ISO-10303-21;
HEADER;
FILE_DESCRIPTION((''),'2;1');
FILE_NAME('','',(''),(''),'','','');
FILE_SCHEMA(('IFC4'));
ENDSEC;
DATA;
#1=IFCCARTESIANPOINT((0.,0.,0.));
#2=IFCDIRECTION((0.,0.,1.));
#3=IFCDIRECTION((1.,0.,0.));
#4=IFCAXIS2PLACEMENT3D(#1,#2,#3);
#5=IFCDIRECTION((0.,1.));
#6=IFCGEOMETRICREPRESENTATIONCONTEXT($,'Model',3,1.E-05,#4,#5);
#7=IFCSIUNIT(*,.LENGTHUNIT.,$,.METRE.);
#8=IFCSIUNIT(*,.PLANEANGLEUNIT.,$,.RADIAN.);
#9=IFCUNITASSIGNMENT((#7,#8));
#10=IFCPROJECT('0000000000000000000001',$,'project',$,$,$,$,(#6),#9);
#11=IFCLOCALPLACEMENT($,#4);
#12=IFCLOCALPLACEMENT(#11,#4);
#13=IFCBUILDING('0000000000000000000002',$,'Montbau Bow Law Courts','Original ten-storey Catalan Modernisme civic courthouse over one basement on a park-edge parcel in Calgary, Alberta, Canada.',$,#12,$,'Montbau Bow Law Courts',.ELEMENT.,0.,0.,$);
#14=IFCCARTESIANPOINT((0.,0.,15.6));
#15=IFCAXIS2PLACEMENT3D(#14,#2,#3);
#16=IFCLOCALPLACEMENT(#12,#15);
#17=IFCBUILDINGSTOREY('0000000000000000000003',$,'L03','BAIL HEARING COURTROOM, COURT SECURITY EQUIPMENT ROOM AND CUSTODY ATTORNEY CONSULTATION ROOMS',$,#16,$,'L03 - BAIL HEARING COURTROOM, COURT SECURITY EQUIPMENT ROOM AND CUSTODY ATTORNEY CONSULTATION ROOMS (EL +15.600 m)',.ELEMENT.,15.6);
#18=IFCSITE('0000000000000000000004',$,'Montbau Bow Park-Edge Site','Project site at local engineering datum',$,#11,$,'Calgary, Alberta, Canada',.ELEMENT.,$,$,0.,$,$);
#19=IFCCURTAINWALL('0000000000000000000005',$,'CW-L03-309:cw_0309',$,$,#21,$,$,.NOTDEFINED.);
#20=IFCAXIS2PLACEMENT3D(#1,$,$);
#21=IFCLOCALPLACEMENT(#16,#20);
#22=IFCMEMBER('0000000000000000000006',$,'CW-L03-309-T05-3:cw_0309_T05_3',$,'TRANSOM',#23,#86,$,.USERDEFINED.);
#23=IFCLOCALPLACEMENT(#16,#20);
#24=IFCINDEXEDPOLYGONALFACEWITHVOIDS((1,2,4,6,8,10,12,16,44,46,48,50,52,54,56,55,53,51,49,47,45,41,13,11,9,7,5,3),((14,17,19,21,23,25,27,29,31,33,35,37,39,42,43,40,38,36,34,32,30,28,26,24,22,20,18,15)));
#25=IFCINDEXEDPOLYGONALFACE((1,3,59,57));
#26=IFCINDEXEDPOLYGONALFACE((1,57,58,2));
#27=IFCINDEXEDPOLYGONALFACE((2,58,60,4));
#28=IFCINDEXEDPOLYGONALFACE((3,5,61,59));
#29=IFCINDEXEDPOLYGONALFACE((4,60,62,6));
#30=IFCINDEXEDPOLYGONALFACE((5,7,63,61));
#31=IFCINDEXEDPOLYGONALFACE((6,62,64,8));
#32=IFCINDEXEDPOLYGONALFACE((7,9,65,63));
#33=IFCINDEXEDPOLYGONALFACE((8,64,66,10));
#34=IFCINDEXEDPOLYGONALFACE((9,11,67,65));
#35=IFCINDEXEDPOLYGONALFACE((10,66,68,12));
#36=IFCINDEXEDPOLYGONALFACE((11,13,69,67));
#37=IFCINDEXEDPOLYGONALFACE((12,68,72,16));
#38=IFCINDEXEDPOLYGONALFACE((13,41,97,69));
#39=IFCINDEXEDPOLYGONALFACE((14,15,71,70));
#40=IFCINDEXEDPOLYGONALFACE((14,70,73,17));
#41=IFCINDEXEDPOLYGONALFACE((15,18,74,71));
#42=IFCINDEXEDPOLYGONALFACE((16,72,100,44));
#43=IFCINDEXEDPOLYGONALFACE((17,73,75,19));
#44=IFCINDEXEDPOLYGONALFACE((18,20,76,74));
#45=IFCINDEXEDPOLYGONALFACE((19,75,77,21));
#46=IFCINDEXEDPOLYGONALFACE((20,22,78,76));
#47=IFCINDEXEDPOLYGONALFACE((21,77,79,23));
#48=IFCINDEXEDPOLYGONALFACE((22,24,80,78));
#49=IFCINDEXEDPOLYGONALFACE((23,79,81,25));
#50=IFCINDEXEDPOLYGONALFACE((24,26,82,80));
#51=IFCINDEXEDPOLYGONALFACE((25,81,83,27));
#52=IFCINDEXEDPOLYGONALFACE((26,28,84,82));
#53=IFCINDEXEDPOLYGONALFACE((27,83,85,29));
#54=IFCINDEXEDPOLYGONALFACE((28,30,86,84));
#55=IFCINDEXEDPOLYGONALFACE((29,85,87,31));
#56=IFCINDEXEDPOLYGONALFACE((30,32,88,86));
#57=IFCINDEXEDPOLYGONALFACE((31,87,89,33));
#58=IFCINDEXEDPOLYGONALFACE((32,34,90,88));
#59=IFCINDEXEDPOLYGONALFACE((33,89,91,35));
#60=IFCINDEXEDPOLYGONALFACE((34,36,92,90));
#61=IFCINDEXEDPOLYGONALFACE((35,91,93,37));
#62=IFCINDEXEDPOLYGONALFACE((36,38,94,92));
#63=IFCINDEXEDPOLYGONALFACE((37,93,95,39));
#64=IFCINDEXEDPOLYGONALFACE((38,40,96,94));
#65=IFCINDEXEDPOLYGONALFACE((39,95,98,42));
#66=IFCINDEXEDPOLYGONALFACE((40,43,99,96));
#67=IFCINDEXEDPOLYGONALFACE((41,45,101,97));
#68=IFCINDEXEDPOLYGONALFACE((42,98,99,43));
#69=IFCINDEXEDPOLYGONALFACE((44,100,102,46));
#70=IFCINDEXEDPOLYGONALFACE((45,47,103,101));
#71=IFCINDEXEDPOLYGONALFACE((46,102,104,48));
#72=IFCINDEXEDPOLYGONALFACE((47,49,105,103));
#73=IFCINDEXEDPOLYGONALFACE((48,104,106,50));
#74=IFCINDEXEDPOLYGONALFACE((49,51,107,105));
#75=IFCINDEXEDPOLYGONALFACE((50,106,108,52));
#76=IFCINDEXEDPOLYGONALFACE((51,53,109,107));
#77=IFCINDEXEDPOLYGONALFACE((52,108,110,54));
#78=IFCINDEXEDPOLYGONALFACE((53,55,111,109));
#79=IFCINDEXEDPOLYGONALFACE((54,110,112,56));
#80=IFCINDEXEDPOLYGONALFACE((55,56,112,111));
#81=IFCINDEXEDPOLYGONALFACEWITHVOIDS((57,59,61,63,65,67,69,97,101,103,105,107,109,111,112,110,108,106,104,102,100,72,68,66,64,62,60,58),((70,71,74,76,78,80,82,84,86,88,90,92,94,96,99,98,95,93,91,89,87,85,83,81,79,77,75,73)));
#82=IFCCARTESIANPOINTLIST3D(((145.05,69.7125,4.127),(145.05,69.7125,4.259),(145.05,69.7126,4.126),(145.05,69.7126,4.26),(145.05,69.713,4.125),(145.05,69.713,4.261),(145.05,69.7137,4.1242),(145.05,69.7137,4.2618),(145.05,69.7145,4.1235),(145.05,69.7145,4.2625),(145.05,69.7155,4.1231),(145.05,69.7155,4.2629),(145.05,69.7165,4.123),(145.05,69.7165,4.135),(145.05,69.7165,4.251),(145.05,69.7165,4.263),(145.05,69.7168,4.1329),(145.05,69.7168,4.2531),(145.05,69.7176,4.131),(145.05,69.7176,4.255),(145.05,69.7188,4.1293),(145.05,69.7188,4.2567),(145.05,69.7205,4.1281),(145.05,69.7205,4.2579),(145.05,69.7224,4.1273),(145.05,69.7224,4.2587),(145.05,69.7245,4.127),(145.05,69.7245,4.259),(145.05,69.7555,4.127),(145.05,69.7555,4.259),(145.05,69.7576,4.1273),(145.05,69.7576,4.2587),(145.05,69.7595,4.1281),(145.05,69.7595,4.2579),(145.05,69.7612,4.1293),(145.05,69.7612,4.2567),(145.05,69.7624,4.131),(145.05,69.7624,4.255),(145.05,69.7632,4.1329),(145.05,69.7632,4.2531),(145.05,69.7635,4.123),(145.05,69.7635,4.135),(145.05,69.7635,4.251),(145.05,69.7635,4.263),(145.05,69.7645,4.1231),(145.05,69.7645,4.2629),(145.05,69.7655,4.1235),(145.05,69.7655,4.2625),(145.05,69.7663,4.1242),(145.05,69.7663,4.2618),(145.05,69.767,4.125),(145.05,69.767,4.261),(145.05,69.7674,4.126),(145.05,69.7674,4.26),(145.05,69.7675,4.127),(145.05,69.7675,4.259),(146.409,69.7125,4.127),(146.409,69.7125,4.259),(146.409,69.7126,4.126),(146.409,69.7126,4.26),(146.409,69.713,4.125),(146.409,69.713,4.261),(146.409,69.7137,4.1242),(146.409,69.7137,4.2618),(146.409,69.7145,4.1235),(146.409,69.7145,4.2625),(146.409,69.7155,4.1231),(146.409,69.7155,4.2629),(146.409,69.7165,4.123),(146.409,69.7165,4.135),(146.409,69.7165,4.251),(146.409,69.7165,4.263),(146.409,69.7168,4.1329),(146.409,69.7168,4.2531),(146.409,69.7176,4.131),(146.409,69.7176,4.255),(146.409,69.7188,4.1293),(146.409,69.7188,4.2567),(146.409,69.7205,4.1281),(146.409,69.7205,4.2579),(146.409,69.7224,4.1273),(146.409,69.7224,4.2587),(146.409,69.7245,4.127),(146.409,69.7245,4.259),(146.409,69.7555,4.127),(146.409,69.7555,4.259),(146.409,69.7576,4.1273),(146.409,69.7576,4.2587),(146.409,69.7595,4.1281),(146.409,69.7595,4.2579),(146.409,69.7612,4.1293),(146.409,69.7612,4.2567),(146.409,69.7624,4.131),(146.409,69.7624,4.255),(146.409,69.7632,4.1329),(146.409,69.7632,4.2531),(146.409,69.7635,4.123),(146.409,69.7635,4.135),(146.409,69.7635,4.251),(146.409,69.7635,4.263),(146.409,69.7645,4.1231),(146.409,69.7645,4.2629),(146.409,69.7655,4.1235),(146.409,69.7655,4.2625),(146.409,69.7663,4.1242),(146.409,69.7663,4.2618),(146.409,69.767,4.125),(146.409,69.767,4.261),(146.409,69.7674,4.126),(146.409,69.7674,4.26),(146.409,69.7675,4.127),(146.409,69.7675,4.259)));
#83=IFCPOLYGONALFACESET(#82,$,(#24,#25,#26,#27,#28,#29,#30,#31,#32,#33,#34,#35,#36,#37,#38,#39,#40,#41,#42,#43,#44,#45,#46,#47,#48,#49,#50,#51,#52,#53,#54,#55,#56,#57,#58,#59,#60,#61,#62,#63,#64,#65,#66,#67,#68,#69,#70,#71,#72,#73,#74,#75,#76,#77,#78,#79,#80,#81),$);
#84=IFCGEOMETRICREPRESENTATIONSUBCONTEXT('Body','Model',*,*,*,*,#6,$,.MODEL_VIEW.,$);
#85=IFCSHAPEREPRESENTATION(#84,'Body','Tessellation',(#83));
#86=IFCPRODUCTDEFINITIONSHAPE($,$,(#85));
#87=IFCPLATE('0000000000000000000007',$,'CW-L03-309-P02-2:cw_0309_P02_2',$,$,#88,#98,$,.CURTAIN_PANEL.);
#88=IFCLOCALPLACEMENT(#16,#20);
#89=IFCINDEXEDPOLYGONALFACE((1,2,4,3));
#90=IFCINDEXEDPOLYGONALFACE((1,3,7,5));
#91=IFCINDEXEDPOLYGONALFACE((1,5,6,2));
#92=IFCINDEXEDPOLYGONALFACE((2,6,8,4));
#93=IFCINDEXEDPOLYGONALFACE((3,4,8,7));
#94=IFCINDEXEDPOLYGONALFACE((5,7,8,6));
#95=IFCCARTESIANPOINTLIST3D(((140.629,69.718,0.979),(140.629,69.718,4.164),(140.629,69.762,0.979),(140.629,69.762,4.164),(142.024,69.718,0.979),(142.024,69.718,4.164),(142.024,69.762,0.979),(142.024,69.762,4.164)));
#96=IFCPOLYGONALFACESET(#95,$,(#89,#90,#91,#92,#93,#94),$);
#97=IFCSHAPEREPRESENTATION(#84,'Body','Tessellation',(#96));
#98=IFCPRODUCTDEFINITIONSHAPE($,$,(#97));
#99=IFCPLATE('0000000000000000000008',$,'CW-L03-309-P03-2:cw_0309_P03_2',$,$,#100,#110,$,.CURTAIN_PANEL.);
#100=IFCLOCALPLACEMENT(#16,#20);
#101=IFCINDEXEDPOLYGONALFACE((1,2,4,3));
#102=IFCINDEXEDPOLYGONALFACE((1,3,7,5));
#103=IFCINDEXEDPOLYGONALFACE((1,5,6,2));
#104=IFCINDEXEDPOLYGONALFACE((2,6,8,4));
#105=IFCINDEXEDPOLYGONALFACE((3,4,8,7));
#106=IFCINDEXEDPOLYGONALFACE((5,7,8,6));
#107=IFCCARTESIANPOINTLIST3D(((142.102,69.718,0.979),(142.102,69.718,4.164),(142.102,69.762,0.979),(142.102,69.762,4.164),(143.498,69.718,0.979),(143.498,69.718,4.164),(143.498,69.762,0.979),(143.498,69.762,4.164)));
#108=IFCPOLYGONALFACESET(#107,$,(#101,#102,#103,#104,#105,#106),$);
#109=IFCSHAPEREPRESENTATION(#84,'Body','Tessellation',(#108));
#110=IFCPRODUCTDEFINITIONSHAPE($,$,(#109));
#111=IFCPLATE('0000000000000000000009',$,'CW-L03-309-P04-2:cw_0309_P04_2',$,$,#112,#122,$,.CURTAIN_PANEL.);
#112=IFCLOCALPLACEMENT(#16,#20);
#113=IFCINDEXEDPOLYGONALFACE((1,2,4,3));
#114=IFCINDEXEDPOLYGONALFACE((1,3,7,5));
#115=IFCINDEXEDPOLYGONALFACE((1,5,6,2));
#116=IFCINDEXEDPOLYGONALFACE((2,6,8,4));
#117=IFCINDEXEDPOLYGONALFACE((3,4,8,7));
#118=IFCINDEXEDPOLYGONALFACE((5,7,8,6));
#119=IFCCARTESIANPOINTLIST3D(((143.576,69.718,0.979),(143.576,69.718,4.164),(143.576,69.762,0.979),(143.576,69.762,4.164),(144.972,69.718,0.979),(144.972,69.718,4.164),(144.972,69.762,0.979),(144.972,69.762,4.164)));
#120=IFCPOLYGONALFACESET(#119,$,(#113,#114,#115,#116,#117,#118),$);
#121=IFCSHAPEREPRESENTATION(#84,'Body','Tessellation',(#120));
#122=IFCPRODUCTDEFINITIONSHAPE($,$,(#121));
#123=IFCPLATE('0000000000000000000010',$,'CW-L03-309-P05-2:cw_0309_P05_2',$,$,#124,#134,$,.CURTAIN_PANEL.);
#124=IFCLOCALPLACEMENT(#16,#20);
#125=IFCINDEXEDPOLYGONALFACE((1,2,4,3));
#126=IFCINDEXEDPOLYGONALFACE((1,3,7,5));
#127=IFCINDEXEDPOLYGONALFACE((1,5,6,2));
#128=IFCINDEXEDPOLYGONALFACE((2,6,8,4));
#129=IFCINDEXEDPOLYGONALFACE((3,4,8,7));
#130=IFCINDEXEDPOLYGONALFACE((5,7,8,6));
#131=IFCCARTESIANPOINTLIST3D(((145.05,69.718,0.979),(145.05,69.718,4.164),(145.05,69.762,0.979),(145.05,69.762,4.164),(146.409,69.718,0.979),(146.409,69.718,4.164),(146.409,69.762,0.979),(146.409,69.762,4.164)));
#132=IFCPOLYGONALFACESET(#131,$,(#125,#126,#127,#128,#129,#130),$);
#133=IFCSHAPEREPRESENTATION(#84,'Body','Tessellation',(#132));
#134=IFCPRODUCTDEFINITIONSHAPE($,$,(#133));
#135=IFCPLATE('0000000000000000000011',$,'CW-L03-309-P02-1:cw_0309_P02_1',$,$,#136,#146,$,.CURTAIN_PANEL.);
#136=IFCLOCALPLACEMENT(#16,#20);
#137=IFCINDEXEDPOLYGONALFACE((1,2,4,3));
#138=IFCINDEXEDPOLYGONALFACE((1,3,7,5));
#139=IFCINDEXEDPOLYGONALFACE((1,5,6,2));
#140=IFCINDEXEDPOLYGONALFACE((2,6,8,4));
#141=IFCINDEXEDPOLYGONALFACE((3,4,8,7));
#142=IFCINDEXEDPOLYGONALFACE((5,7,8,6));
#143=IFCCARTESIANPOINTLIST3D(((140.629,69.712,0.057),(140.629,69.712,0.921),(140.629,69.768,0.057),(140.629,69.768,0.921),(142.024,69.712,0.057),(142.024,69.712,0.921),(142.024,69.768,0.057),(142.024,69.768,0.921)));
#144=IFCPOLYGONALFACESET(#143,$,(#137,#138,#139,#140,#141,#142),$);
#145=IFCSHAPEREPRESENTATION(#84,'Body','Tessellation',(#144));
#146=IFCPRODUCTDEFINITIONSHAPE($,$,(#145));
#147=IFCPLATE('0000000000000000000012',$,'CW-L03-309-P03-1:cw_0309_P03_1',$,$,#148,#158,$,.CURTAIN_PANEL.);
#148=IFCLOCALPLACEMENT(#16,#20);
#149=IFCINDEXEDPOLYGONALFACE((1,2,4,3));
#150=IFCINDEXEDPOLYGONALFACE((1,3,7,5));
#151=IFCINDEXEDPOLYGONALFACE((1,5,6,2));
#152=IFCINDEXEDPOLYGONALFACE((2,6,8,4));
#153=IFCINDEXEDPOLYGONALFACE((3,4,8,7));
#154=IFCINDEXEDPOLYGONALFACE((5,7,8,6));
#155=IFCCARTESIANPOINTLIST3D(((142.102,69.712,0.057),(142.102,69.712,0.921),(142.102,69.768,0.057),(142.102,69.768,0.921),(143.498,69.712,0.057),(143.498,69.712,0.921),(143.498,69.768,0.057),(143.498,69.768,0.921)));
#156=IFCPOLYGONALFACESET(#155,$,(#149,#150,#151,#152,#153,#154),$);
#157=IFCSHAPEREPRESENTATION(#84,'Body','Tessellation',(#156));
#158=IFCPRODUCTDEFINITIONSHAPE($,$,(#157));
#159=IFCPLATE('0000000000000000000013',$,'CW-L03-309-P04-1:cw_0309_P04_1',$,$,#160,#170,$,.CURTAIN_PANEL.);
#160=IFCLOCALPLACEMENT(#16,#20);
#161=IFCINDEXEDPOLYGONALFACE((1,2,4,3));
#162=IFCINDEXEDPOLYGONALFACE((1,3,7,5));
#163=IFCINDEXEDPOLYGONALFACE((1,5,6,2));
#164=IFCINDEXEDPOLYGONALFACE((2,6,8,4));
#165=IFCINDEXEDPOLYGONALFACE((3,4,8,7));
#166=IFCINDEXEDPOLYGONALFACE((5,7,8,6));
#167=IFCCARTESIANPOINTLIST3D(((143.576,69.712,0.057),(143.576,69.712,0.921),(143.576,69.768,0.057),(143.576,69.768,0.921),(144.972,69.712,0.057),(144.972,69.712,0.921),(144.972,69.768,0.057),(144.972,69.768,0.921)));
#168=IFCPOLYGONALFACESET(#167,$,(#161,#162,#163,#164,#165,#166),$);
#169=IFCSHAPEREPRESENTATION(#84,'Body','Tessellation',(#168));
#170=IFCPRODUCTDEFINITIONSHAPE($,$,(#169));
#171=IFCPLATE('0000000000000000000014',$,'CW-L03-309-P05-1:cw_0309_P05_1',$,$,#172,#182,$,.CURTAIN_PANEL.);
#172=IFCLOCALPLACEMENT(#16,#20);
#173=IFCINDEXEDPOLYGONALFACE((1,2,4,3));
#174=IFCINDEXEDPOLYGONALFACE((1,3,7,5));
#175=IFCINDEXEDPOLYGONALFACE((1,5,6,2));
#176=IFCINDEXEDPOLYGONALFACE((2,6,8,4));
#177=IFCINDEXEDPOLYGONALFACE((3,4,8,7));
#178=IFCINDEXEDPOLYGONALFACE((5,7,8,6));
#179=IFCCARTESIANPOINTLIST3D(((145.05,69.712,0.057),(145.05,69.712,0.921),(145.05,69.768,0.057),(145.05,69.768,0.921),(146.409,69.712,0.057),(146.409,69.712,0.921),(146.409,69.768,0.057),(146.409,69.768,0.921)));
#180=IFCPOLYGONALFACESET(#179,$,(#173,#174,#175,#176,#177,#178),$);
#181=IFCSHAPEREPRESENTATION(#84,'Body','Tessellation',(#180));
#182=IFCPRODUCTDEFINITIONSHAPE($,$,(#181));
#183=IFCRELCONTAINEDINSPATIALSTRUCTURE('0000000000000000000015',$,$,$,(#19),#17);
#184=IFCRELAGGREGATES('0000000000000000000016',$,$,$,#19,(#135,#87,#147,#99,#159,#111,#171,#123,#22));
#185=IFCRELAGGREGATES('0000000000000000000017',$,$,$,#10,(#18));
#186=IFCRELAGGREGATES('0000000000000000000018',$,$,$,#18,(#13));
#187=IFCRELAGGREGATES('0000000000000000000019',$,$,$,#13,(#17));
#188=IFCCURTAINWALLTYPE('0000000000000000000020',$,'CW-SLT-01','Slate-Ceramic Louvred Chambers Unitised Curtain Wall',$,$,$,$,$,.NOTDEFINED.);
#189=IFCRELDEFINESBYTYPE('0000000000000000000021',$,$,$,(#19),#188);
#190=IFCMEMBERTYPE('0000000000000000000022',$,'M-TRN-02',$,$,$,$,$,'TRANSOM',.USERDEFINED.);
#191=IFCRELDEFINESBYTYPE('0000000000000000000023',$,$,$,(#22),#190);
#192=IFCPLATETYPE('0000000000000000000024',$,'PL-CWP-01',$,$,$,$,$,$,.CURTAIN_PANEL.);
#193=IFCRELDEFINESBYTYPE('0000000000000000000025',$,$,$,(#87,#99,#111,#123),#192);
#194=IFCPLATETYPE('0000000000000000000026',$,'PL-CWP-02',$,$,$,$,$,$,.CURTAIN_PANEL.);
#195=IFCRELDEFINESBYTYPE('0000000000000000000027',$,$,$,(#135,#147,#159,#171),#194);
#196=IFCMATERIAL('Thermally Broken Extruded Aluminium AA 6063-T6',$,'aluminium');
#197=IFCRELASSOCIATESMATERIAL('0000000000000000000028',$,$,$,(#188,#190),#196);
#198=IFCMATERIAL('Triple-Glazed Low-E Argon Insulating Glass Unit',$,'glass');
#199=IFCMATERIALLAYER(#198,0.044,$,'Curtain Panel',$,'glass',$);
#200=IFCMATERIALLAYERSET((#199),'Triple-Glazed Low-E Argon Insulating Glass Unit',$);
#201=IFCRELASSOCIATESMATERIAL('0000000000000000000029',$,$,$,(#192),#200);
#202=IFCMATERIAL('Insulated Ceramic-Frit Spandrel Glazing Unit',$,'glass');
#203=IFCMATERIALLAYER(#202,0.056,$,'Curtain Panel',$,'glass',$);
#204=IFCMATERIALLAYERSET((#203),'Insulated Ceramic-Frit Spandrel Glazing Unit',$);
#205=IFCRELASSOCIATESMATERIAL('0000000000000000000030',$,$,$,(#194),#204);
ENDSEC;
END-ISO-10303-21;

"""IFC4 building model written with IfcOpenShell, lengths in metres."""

from ifc_helpers import new_model, si_unit, direction, frame, frame_2d, origin_with_axes, origin_2d_with_axis, place, context, subcontext, project, spatial, rectangle, hollow_rectangle, extrude, material, layer, layer_set, material_profile, profile_set, type_object, element, aggregate, save


model = new_model("IFC4")

# Units and contexts
model_context = context("Model", 3, precision=1e-05, world=origin_with_axes(), true_north=direction((0.0, 1.0)))
body_context = subcontext(model_context, "Body", "Model", "MODEL_VIEW")
ifc_project = project(units=[si_unit("LENGTHUNIT", "METRE"), si_unit("PLANEANGLEUNIT", "RADIAN")], contexts=[model_context])

# Site, building, storey
site_placement = place(None, origin_with_axes())
site = spatial("IfcSite", under=ifc_project, at=site_placement, Name="Montbau Bow Park-Edge Site", Description="Project site at local engineering datum", LongName="Calgary, Alberta, Canada", CompositionType="ELEMENT", RefElevation=0.0)
building_placement = place(site_placement, origin_with_axes())
building = spatial("IfcBuilding", under=site, at=building_placement, Name="Montbau Bow Law Courts", Description="Original ten-storey Catalan Modernisme civic courthouse over one basement on a park-edge parcel in Calgary, Alberta, Canada.", LongName="Montbau Bow Law Courts", CompositionType="ELEMENT", ElevationOfRefHeight=0.0, ElevationOfTerrain=0.0)
storey_placement = place(building_placement, frame((0.0, 0.0, 15.6), z_axis=(0.0, 0.0, 1.0), x_axis=(1.0, 0.0, 0.0)))
storey = spatial("IfcBuildingStorey", under=building, at=storey_placement, Name="L03", Description="BAIL HEARING COURTROOM, COURT SECURITY EQUIPMENT ROOM AND CUSTODY ATTORNEY CONSULTATION ROOMS", LongName="L03 - BAIL HEARING COURTROOM, COURT SECURITY EQUIPMENT ROOM AND CUSTODY ATTORNEY CONSULTATION ROOMS (EL +15.600 m)", CompositionType="ELEMENT", Elevation=15.6)

# Curtain wall, member, plates
ifc_material_1 = material(Name="Thermally Broken Extruded Aluminium AA 6063-T6", Category="aluminium")
curtain_wall_type = type_object("IfcCurtainWallType", Name="CW-SLT-01", Description="Slate-Ceramic Louvred Chambers Unitised Curtain Wall", PredefinedType="NOTDEFINED", material=ifc_material_1)
curtain_wall_placement = place(None, frame((139.115, 69.74, 15.6), z_axis=(0.0, 0.0, 1.0), x_axis=(1.0, 0.0, 0.0)))
curtain_wall = element("IfcCurtainWall", 1, at=curtain_wall_placement, inside=storey, type_object=curtain_wall_type, Name="CW-L03-309:cw_0309", PredefinedType="NOTDEFINED")
ifc_material_profile_1 = material_profile(ifc_material_1, hollow_rectangle(XDim=0.055, YDim=0.14, WallThickness=0.004, InnerFilletRadius=0.008, OuterFilletRadius=0.004, at=origin_2d_with_axis()), Name="CWT-140X55", Category="Main", Priority=0)
ifc_profile_set_1 = profile_set([ifc_material_profile_1], Name="Thermally Broken Extruded Aluminium AA 6063-T6")
member_type_1 = type_object("IfcMemberType", Name="M-TRN-02", ElementType="TRANSOM", PredefinedType="USERDEFINED", material=ifc_profile_set_1)
member_1_placement = place(None, frame((145.05, 69.74, 19.793), z_axis=(1.0, 0.0, 0.0), x_axis=(0.0, 1.0, 0.0)))
member_1 = element("IfcMember", 2, at=member_1_placement, type_object=member_type_1, Name="CW-L03-309-T05-3:cw_0309_T05_3", ObjectType="TRANSOM", PredefinedType="USERDEFINED", context=body_context, shape_type="SweptSolid", body=[
    extrude(hollow_rectangle(XDim=0.055, YDim=0.14, WallThickness=0.004, InnerFilletRadius=0.008, OuterFilletRadius=0.004, at=origin_2d_with_axis()), origin_with_axes(), (0.0, 0.0, 1.0), 1.359),
])
ifc_material_2 = material(Name="Triple-Glazed Low-E Argon Insulating Glass Unit", Category="glass")
ifc_layer_1 = layer(ifc_material_2, 0.044, Name="Curtain Panel", Category="glass")
ifc_layer_set_1 = layer_set([ifc_layer_1], Name="Triple-Glazed Low-E Argon Insulating Glass Unit")
plate_type_1 = type_object("IfcPlateType", Name="PL-CWP-01", PredefinedType="CURTAIN_PANEL", material=ifc_layer_set_1)
plate_1_placement = place(None, frame((140.629, 69.74, 16.579), z_axis=(0.0, -1.0, 0.0), x_axis=(1.0, 0.0, 0.0)))
plate_1 = element("IfcPlate", 3, at=plate_1_placement, type_object=plate_type_1, Name="CW-L03-309-P02-2:cw_0309_P02_2", PredefinedType="CURTAIN_PANEL", context=body_context, shape_type="SweptSolid", body=[
    extrude(rectangle(XDim=1.395, YDim=3.185, at=frame_2d((0.6975, 1.5925), x_axis=(1.0, 0.0))), frame((0.0, 0.0, -0.022), z_axis=(0.0, 0.0, 1.0), x_axis=(1.0, 0.0, 0.0)), (0.0, 0.0, 1.0), 0.044),
])
plate_2_placement = place(None, frame((142.102, 69.74, 16.579), z_axis=(0.0, -1.0, 0.0), x_axis=(1.0, 0.0, 0.0)))
plate_2 = element("IfcPlate", 4, at=plate_2_placement, type_object=plate_type_1, Name="CW-L03-309-P03-2:cw_0309_P03_2", PredefinedType="CURTAIN_PANEL", context=body_context, shape_type="SweptSolid", body=[
    extrude(rectangle(XDim=1.396, YDim=3.185, at=frame_2d((0.698, 1.5925), x_axis=(1.0, 0.0))), frame((0.0, 0.0, -0.022), z_axis=(0.0, 0.0, 1.0), x_axis=(1.0, 0.0, 0.0)), (0.0, 0.0, 1.0), 0.044),
])
plate_3_placement = place(None, frame((143.576, 69.74, 16.579), z_axis=(0.0, -1.0, 0.0), x_axis=(1.0, 0.0, 0.0)))
plate_3 = element("IfcPlate", 5, at=plate_3_placement, type_object=plate_type_1, Name="CW-L03-309-P04-2:cw_0309_P04_2", PredefinedType="CURTAIN_PANEL", context=body_context, shape_type="SweptSolid", body=[
    extrude(rectangle(XDim=1.396, YDim=3.185, at=frame_2d((0.698, 1.5925), x_axis=(1.0, 0.0))), frame((0.0, 0.0, -0.022), z_axis=(0.0, 0.0, 1.0), x_axis=(1.0, 0.0, 0.0)), (0.0, 0.0, 1.0), 0.044),
])
plate_4_placement = place(None, frame((145.05, 69.74, 16.579), z_axis=(0.0, -1.0, 0.0), x_axis=(1.0, 0.0, 0.0)))
plate_4 = element("IfcPlate", 6, at=plate_4_placement, type_object=plate_type_1, Name="CW-L03-309-P05-2:cw_0309_P05_2", PredefinedType="CURTAIN_PANEL", context=body_context, shape_type="SweptSolid", body=[
    extrude(rectangle(XDim=1.359, YDim=3.185, at=frame_2d((0.6795, 1.5925), x_axis=(1.0, 0.0))), frame((0.0, 0.0, -0.022), z_axis=(0.0, 0.0, 1.0), x_axis=(1.0, 0.0, 0.0)), (0.0, 0.0, 1.0), 0.044),
])
ifc_material_3 = material(Name="Insulated Ceramic-Frit Spandrel Glazing Unit", Category="glass")
ifc_layer_2 = layer(ifc_material_3, 0.056, Name="Curtain Panel", Category="glass")
ifc_layer_set_2 = layer_set([ifc_layer_2], Name="Insulated Ceramic-Frit Spandrel Glazing Unit")
plate_type_2 = type_object("IfcPlateType", Name="PL-CWP-02", PredefinedType="CURTAIN_PANEL", material=ifc_layer_set_2)
plate_5_placement = place(None, frame((140.629, 69.74, 15.657), z_axis=(0.0, -1.0, 0.0), x_axis=(1.0, 0.0, 0.0)))
plate_5 = element("IfcPlate", 7, at=plate_5_placement, type_object=plate_type_2, Name="CW-L03-309-P02-1:cw_0309_P02_1", PredefinedType="CURTAIN_PANEL", context=body_context, shape_type="SweptSolid", body=[
    extrude(rectangle(XDim=1.395, YDim=0.864, at=frame_2d((0.6975, 0.432), x_axis=(1.0, 0.0))), frame((0.0, 0.0, -0.028), z_axis=(0.0, 0.0, 1.0), x_axis=(1.0, 0.0, 0.0)), (0.0, 0.0, 1.0), 0.056),
])
plate_6_placement = place(None, frame((142.102, 69.74, 15.657), z_axis=(0.0, -1.0, 0.0), x_axis=(1.0, 0.0, 0.0)))
plate_6 = element("IfcPlate", 8, at=plate_6_placement, type_object=plate_type_2, Name="CW-L03-309-P03-1:cw_0309_P03_1", PredefinedType="CURTAIN_PANEL", context=body_context, shape_type="SweptSolid", body=[
    extrude(rectangle(XDim=1.396, YDim=0.864, at=frame_2d((0.698, 0.432), x_axis=(1.0, 0.0))), frame((0.0, 0.0, -0.028), z_axis=(0.0, 0.0, 1.0), x_axis=(1.0, 0.0, 0.0)), (0.0, 0.0, 1.0), 0.056),
])
plate_7_placement = place(None, frame((143.576, 69.74, 15.657), z_axis=(0.0, -1.0, 0.0), x_axis=(1.0, 0.0, 0.0)))
plate_7 = element("IfcPlate", 9, at=plate_7_placement, type_object=plate_type_2, Name="CW-L03-309-P04-1:cw_0309_P04_1", PredefinedType="CURTAIN_PANEL", context=body_context, shape_type="SweptSolid", body=[
    extrude(rectangle(XDim=1.396, YDim=0.864, at=frame_2d((0.698, 0.432), x_axis=(1.0, 0.0))), frame((0.0, 0.0, -0.028), z_axis=(0.0, 0.0, 1.0), x_axis=(1.0, 0.0, 0.0)), (0.0, 0.0, 1.0), 0.056),
])
plate_8_placement = place(None, frame((145.05, 69.74, 15.657), z_axis=(0.0, -1.0, 0.0), x_axis=(1.0, 0.0, 0.0)))
plate_8 = element("IfcPlate", 10, at=plate_8_placement, type_object=plate_type_2, Name="CW-L03-309-P05-1:cw_0309_P05_1", PredefinedType="CURTAIN_PANEL", context=body_context, shape_type="SweptSolid", body=[
    extrude(rectangle(XDim=1.359, YDim=0.864, at=frame_2d((0.6795, 0.432), x_axis=(1.0, 0.0))), frame((0.0, 0.0, -0.028), z_axis=(0.0, 0.0, 1.0), x_axis=(1.0, 0.0, 0.0)), (0.0, 0.0, 1.0), 0.056),
])
aggregate(curtain_wall, [plate_5, plate_1, plate_6, plate_2, plate_7, plate_3, plate_8, plate_4, member_1])

save(model, "model.ifc")
